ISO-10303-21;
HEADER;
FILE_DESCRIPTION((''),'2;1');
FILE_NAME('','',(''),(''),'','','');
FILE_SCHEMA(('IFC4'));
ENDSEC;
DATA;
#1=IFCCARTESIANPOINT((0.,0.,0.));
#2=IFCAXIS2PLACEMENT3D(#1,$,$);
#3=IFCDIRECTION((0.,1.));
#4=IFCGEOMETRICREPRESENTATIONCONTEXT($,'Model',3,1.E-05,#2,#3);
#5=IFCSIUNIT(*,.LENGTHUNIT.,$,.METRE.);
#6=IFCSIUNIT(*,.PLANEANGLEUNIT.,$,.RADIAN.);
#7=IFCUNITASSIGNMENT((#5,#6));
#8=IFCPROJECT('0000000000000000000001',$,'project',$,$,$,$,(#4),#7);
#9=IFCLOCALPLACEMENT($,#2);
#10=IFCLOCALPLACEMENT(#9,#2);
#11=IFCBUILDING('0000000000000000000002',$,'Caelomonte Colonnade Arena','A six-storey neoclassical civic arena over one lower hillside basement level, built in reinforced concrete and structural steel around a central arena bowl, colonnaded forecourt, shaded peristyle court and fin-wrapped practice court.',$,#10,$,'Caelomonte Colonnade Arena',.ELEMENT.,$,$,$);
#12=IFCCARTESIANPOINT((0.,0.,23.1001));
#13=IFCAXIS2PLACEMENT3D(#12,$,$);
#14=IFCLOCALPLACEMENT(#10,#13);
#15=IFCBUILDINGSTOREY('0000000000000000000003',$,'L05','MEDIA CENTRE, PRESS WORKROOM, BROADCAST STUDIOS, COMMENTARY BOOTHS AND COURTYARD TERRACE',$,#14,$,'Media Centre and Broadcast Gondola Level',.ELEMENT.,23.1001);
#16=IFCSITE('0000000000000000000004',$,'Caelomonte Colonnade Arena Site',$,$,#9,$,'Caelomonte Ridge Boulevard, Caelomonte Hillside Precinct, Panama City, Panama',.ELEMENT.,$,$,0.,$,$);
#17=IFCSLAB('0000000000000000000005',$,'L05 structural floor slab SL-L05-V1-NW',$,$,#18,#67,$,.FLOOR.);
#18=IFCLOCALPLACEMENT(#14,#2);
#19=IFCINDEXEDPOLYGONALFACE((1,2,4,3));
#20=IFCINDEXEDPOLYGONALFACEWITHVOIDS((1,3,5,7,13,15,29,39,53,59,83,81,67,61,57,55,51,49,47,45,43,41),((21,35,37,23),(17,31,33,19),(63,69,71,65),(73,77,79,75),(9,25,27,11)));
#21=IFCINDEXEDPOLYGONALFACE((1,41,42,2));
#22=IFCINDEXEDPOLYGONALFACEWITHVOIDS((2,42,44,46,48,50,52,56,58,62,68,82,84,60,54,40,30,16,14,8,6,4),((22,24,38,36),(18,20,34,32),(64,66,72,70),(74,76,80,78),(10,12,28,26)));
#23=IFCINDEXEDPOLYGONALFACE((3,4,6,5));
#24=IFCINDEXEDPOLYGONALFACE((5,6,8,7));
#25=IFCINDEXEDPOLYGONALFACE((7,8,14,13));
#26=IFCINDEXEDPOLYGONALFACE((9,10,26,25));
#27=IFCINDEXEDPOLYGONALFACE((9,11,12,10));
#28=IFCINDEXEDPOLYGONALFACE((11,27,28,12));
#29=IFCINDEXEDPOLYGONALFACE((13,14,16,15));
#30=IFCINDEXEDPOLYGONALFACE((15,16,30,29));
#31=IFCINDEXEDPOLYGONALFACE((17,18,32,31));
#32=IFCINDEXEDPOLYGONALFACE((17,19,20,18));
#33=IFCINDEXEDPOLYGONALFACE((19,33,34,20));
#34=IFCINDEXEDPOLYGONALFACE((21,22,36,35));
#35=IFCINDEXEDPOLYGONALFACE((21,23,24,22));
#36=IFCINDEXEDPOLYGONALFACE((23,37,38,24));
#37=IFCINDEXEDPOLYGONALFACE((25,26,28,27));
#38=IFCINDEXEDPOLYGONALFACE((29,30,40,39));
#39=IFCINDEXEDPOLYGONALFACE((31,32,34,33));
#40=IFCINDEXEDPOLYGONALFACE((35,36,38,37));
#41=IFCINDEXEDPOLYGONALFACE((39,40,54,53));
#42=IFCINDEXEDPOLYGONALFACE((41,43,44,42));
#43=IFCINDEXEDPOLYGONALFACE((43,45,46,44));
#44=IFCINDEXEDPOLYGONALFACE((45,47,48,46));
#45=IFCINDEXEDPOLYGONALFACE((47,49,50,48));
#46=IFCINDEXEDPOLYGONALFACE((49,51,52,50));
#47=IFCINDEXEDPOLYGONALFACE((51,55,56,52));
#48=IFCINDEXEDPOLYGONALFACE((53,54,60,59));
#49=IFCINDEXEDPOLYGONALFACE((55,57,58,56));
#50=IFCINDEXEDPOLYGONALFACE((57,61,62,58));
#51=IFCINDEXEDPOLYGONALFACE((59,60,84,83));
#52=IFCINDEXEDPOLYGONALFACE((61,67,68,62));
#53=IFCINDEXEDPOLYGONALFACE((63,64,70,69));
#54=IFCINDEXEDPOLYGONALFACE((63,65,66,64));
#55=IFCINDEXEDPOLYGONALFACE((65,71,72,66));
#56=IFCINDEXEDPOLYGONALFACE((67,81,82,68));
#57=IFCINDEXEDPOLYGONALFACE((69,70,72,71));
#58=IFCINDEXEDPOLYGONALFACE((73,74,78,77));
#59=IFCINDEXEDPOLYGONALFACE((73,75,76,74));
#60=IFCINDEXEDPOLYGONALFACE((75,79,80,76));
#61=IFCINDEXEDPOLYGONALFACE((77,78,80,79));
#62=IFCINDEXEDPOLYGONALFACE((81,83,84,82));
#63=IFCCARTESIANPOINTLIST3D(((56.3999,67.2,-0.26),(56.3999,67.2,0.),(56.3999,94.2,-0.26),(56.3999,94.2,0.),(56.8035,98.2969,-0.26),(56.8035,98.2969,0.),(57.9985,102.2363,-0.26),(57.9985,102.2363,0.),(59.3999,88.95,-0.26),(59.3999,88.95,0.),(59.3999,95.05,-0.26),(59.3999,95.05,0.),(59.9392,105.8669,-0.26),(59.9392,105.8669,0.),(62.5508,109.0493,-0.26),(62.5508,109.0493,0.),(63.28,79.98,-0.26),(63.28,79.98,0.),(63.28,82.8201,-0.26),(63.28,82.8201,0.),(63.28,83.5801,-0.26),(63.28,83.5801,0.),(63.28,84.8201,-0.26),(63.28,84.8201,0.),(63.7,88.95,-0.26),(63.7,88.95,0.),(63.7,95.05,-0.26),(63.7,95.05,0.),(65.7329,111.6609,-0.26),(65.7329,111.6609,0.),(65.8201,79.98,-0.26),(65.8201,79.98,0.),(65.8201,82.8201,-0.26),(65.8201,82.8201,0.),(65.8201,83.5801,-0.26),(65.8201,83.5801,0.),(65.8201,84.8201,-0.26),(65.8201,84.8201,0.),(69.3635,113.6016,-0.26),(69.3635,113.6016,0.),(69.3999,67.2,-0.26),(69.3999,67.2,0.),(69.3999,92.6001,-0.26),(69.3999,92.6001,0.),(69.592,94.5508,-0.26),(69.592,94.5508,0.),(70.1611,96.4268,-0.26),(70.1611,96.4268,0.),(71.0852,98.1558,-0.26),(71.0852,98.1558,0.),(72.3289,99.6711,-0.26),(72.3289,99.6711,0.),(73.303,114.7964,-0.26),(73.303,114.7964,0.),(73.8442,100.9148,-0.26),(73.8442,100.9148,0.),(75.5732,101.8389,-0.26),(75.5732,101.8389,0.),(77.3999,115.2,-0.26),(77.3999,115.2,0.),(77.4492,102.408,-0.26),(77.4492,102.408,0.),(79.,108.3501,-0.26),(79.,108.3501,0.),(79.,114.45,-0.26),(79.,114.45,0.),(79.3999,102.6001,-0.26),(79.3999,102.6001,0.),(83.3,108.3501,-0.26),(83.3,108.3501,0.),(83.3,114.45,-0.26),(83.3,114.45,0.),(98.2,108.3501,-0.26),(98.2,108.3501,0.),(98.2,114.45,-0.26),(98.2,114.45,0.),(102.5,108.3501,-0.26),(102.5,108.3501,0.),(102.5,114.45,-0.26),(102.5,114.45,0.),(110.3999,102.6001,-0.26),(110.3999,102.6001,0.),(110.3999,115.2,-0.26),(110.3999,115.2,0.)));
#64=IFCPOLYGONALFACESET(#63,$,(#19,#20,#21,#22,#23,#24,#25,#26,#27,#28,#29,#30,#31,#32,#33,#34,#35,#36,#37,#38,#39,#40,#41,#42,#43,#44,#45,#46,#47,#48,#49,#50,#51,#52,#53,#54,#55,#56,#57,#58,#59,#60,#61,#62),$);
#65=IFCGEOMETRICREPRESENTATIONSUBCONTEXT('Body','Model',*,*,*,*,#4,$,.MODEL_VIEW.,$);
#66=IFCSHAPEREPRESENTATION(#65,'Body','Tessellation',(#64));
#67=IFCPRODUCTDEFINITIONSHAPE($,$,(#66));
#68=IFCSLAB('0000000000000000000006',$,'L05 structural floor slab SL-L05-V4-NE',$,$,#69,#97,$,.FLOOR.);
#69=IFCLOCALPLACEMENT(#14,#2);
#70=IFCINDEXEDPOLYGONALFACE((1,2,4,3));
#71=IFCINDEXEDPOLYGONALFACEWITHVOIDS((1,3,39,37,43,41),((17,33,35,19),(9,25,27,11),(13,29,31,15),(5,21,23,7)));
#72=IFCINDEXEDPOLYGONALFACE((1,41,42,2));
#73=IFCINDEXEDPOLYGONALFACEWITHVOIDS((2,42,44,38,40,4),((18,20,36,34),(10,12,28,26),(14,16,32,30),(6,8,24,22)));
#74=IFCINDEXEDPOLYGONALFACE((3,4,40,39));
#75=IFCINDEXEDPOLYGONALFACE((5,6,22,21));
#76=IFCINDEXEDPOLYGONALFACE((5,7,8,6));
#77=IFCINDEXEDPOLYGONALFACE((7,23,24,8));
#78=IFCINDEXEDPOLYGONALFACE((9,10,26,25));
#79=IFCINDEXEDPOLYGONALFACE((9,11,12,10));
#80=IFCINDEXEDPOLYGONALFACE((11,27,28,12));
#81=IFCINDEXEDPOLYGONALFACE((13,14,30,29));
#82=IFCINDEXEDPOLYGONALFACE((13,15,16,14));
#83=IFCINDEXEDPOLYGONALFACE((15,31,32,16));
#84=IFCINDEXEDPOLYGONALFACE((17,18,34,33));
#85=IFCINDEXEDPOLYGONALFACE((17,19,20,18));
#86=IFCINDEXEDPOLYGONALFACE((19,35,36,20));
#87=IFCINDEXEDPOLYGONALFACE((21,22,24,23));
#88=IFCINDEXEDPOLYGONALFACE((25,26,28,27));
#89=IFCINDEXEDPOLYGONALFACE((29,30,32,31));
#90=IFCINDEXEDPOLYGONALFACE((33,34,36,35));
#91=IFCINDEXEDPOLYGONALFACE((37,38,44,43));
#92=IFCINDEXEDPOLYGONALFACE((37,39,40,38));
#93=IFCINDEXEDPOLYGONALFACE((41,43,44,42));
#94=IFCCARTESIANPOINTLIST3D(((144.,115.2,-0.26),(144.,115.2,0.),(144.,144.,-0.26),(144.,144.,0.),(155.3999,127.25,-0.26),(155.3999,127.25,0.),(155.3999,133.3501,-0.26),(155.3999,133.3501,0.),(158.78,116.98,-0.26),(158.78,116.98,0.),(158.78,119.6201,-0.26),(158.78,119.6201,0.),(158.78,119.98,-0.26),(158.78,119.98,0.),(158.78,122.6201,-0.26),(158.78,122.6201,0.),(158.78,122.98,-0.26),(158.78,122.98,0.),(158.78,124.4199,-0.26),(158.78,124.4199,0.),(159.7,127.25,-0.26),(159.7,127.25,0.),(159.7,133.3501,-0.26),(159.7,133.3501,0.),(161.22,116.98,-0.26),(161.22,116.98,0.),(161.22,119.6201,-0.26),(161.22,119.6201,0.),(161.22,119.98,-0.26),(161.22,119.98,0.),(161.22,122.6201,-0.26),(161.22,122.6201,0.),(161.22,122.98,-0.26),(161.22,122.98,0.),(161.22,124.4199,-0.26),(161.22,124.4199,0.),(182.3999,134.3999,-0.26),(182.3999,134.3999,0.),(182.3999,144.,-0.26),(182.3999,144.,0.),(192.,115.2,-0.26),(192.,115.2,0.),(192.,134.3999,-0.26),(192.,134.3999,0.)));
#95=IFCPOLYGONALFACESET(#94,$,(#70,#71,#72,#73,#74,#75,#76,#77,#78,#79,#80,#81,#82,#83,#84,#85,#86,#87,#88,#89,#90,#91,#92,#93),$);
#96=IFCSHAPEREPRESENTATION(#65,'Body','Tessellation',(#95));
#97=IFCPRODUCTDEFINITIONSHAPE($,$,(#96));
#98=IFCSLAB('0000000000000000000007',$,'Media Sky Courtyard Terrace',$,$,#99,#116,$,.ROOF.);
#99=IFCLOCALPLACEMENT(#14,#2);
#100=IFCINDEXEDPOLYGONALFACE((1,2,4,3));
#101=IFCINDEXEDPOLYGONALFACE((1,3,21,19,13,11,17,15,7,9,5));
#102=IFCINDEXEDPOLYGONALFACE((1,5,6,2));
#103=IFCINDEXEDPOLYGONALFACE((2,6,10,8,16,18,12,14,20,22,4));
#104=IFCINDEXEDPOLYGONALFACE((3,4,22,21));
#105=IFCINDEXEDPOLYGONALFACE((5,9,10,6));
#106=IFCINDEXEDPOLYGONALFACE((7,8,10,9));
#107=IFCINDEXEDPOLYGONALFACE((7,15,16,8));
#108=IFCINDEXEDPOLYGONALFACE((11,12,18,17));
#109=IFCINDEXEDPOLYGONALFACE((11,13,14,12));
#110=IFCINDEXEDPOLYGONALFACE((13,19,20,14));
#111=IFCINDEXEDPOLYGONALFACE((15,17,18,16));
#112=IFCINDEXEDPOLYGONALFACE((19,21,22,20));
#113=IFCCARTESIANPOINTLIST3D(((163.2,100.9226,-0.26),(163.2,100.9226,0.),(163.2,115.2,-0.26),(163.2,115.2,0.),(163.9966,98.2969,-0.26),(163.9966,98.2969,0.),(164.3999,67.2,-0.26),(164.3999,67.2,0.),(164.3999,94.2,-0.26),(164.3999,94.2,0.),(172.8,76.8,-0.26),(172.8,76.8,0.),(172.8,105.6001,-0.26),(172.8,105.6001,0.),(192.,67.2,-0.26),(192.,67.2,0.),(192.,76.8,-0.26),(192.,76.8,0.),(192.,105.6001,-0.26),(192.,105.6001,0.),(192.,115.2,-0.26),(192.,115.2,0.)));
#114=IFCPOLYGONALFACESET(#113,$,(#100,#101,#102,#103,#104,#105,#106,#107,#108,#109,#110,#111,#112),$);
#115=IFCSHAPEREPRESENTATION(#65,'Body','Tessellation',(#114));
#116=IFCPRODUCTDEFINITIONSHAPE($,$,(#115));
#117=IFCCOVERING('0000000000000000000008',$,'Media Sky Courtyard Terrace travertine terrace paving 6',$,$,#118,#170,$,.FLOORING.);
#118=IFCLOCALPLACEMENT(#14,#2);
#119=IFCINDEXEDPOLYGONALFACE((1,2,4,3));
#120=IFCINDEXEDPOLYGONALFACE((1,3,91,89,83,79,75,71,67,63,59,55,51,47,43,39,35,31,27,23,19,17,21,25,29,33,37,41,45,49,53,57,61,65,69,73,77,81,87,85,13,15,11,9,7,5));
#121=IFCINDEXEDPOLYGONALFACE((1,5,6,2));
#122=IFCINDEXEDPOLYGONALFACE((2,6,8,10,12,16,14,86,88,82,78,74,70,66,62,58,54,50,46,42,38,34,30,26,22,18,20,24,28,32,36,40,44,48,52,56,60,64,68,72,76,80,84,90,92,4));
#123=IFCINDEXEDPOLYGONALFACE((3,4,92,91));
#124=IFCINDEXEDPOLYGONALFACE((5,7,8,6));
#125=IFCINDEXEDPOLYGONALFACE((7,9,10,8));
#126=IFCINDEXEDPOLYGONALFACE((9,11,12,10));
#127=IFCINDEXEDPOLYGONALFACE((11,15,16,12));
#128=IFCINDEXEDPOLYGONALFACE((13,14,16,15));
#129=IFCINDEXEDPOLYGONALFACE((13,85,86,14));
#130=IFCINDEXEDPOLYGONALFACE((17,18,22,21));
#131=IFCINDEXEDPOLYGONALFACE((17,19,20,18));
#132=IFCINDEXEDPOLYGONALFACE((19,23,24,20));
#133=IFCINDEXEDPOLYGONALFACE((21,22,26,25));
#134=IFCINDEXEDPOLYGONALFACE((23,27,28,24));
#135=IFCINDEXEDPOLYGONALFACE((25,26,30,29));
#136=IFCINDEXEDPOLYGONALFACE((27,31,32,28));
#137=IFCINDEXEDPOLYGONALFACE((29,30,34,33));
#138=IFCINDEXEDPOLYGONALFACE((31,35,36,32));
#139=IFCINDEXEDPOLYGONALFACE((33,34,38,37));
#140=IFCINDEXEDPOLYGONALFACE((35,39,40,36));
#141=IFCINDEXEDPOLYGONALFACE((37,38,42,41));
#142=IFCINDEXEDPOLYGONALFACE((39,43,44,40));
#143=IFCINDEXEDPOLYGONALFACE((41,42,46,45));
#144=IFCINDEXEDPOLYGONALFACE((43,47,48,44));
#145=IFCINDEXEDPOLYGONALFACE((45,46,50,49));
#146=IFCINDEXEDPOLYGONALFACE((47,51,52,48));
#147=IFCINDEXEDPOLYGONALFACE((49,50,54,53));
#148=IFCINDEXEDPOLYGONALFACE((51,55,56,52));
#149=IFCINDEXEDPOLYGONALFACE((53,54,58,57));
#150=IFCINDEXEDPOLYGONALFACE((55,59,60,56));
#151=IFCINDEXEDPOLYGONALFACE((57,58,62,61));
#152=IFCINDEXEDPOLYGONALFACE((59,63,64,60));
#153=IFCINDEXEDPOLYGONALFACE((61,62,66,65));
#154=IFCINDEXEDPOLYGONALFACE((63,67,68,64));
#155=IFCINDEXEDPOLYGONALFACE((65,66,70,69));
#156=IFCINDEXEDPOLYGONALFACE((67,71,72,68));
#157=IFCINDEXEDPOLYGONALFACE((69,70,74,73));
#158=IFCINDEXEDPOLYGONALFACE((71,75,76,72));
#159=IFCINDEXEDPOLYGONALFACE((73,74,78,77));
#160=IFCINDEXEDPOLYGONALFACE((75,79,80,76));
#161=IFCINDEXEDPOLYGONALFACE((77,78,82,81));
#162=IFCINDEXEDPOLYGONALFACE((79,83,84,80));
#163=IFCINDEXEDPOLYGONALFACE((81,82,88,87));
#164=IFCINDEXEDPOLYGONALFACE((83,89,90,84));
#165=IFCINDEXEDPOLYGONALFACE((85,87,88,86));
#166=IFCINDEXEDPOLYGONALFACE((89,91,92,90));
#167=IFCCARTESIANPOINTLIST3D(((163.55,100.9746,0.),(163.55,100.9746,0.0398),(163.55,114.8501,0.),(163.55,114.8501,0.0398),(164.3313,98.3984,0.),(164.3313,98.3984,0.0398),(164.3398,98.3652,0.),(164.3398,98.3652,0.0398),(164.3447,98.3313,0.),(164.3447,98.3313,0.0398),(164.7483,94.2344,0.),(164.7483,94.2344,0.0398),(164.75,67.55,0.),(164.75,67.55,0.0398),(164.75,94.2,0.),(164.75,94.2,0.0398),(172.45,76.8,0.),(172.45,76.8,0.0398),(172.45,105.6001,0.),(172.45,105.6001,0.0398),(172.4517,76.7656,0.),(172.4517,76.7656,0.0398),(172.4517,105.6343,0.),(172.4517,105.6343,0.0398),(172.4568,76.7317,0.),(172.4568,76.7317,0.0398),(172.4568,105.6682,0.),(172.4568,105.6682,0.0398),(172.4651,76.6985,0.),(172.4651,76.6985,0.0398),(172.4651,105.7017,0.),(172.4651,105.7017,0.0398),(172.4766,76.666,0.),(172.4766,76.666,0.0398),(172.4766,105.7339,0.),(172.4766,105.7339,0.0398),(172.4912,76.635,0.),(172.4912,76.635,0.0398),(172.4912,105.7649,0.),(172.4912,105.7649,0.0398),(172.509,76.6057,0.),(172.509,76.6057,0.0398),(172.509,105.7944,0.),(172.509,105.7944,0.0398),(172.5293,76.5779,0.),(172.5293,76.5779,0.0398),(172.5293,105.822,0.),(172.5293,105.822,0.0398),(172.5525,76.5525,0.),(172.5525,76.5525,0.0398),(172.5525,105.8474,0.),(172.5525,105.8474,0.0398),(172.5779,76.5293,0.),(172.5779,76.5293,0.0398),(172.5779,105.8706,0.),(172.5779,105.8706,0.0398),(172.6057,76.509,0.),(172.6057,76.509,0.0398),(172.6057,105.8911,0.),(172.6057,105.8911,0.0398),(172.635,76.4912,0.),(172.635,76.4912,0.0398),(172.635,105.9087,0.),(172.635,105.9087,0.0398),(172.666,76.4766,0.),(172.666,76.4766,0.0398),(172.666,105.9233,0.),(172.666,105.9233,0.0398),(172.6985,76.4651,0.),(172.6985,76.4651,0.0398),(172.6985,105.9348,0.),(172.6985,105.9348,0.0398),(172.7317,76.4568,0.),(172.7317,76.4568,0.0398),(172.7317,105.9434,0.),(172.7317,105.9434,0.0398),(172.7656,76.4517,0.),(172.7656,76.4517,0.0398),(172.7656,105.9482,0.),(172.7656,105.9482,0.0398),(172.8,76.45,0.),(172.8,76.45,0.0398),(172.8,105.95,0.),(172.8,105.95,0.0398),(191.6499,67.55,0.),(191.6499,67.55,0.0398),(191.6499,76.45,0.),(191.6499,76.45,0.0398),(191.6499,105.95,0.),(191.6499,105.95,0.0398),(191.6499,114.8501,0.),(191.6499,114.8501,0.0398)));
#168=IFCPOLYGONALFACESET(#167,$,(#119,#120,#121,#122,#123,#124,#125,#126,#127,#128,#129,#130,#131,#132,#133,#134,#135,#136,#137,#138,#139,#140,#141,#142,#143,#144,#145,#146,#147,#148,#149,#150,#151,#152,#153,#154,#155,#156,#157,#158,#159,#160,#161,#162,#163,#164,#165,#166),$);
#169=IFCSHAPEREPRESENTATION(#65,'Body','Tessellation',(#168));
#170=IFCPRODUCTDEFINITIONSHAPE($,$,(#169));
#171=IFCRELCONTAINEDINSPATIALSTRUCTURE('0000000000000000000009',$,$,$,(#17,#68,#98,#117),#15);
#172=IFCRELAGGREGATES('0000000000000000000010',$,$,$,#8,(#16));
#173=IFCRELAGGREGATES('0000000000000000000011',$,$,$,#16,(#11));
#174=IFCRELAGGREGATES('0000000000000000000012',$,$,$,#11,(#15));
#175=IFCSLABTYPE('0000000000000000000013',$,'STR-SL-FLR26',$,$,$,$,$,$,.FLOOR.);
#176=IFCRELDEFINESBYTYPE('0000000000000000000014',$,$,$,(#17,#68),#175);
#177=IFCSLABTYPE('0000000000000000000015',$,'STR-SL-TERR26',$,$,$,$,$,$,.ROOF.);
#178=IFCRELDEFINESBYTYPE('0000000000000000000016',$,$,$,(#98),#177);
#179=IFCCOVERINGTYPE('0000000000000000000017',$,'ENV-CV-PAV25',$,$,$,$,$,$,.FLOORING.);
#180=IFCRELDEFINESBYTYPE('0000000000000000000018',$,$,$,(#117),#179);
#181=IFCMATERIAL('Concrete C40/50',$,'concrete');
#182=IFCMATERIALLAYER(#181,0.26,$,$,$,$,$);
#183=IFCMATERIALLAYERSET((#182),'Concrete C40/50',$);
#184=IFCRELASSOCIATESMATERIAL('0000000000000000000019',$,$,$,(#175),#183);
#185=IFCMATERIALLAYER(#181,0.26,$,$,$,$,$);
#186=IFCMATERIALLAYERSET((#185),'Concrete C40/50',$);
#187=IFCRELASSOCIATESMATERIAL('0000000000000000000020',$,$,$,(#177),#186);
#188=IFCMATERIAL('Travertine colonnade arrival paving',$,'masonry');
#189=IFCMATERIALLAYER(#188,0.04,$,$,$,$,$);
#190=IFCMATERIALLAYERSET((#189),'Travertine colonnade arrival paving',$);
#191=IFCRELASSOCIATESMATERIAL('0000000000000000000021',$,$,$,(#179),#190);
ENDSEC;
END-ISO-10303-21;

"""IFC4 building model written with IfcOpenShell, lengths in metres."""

from ifc_helpers import new_model, si_unit, direction, frame, origin, place, context, subcontext, project, spatial, polyline, outline, extrude, material, layer, layer_set, type_object, element, save


model = new_model("IFC4")

# Units and contexts
model_context = context("Model", 3, precision=1e-05, world=origin(), true_north=direction((0.0, 1.0)))
body_context = subcontext(model_context, "Body", "Model", "MODEL_VIEW")
ifc_project = project(units=[si_unit("LENGTHUNIT", "METRE"), si_unit("PLANEANGLEUNIT", "RADIAN")], contexts=[model_context])

# Site, building, storey
site_placement = place(None, origin())
site = spatial("IfcSite", under=ifc_project, at=site_placement, Name="Caelomonte Colonnade Arena Site", LongName="Caelomonte Ridge Boulevard, Caelomonte Hillside Precinct, Panama City, Panama", CompositionType="ELEMENT", RefElevation=0.0)
building_placement = place(site_placement, origin())
building = spatial("IfcBuilding", under=site, at=building_placement, Name="Caelomonte Colonnade Arena", Description="A six-storey neoclassical civic arena over one lower hillside basement level, built in reinforced concrete and structural steel around a central arena bowl, colonnaded forecourt, shaded peristyle court and fin-wrapped practice court.", LongName="Caelomonte Colonnade Arena", CompositionType="ELEMENT")
storey_placement = place(building_placement, frame((0.0, 0.0, 23.1001)))
storey = spatial("IfcBuildingStorey", under=building, at=storey_placement, Name="L05", Description="MEDIA CENTRE, PRESS WORKROOM, BROADCAST STUDIOS, COMMENTARY BOOTHS AND COURTYARD TERRACE", LongName="Media Centre and Broadcast Gondola Level", CompositionType="ELEMENT", Elevation=23.1001)

# Slabs
ifc_material_1 = material(Name="Concrete C40/50", Category="concrete")
ifc_layer_1 = layer(ifc_material_1, 0.26)
ifc_layer_set_1 = layer_set([ifc_layer_1], Name="Concrete C40/50")
slab_type_1 = type_object("IfcSlabType", Name="STR-SL-FLR26", PredefinedType="FLOOR", material=ifc_layer_set_1)
slab_1_placement = place(storey_placement, frame((0.0, 0.0, -0.26)))
element("IfcSlab", 1, at=slab_1_placement, inside=storey, type_object=slab_type_1, Name="L05 structural floor slab SL-L05-V1-NW", PredefinedType="FLOOR", context=body_context, shape_type="SweptSolid", body=[
    extrude(outline(polyline([(56.3999, 94.2), (56.3999, 67.2), (69.3999, 67.2), (69.3999, 92.6001), (69.592, 94.5508), (70.1611, 96.4268), (71.0852, 98.1558), (72.3289, 99.6711), (73.8442, 100.9148), (75.5732, 101.8389), (77.4492, 102.408), (79.3999, 102.6001), (110.3999, 102.6001), (110.3999, 115.2), (77.3999, 115.2), (73.303, 114.7964), (69.3635, 113.6016), (65.7329, 111.6609), (62.5508, 109.0493), (59.9392, 105.8669), (57.9985, 102.2363), (56.8035, 98.2969), (56.3999, 94.2)]), holes=[polyline([(65.8201, 79.98), (63.28, 79.98), (63.28, 82.8201), (65.8201, 82.8201), (65.8201, 79.98)]), polyline([(63.28, 83.5801), (63.28, 84.8201), (65.8201, 84.8201), (65.8201, 83.5801), (63.28, 83.5801)]), polyline([(59.3999, 88.95), (59.3999, 95.05), (63.7, 95.05), (63.7, 88.95), (59.3999, 88.95)]), polyline([(83.3, 108.3501), (79.0, 108.3501), (79.0, 114.45), (83.3, 114.45), (83.3, 108.3501)]), polyline([(98.2, 108.3501), (98.2, 114.45), (102.5, 114.45), (102.5, 108.3501), (98.2, 108.3501)])]), origin(), (0.0, 0.0, 1.0), 0.26),
])
slab_2_placement = place(storey_placement, frame((0.0, 0.0, -0.26)))
element("IfcSlab", 2, at=slab_2_placement, inside=storey, type_object=slab_type_1, Name="L05 structural floor slab SL-L05-V4-NE", PredefinedType="FLOOR", context=body_context, shape_type="SweptSolid", body=[
    extrude(outline(polyline([(144.0, 115.2), (192.0, 115.2), (192.0, 134.3999), (182.3999, 134.3999), (182.3999, 144.0), (144.0, 144.0), (144.0, 115.2)]), holes=[polyline([(158.78, 116.98), (158.78, 119.6201), (161.22, 119.6201), (161.22, 116.98), (158.78, 116.98)]), polyline([(161.22, 119.98), (158.78, 119.98), (158.78, 122.6201), (161.22, 122.6201), (161.22, 119.98)]), polyline([(158.78, 122.98), (158.78, 124.4199), (161.22, 124.4199), (161.22, 122.98), (158.78, 122.98)]), polyline([(155.3999, 127.25), (155.3999, 133.3501), (159.7, 133.3501), (159.7, 127.25), (155.3999, 127.25)])]), origin(), (0.0, 0.0, 1.0), 0.26),
])
ifc_layer_2 = layer(ifc_material_1, 0.26)
ifc_layer_set_2 = layer_set([ifc_layer_2], Name="Concrete C40/50")
slab_type_2 = type_object("IfcSlabType", Name="STR-SL-TERR26", PredefinedType="ROOF", material=ifc_layer_set_2)
slab_3_placement = place(storey_placement, frame((0.0, 0.0, -0.26)))
element("IfcSlab", 3, at=slab_3_placement, inside=storey, type_object=slab_type_2, Name="Media Sky Courtyard Terrace", PredefinedType="ROOF", context=body_context, shape_type="SweptSolid", body=[
    extrude(outline(polyline([(164.3999, 67.2), (192.0, 67.2), (192.0, 76.8), (172.8, 76.8), (172.8, 105.6001), (192.0, 105.6001), (192.0, 115.2), (163.2, 115.2), (163.2, 100.9226), (163.9966, 98.2969), (164.3999, 94.2), (164.3999, 67.2)])), origin(), (0.0, 0.0, 1.0), 0.26),
])

# Covering
ifc_material_2 = material(Name="Travertine colonnade arrival paving", Category="masonry")
ifc_layer_3 = layer(ifc_material_2, 0.04)
ifc_layer_set_3 = layer_set([ifc_layer_3], Name="Travertine colonnade arrival paving")
covering_type_1 = type_object("IfcCoveringType", Name="ENV-CV-PAV25", PredefinedType="FLOORING", material=ifc_layer_set_3)
covering_placement = place(storey_placement, origin())
element("IfcCovering", 4, at=covering_placement, inside=storey, type_object=covering_type_1, Name="Media Sky Courtyard Terrace travertine terrace paving 6", PredefinedType="FLOORING", context=body_context, shape_type="SweptSolid", body=[
    extrude(outline(polyline([(164.75, 67.55), (191.6499, 67.55), (191.6499, 76.45), (172.8, 76.45), (172.7656, 76.4517), (172.7317, 76.4568), (172.6985, 76.4651), (172.666, 76.4766), (172.635, 76.4912), (172.6057, 76.509), (172.5779, 76.5293), (172.5525, 76.5525), (172.5293, 76.5779), (172.509, 76.6057), (172.4912, 76.635), (172.4766, 76.666), (172.4651, 76.6985), (172.4568, 76.7317), (172.4517, 76.7656), (172.45, 76.8), (172.45, 105.6001), (172.4517, 105.6343), (172.4568, 105.6682), (172.4651, 105.7017), (172.4766, 105.7339), (172.4912, 105.7649), (172.509, 105.7944), (172.5293, 105.822), (172.5525, 105.8474), (172.5779, 105.8706), (172.6057, 105.8911), (172.635, 105.9087), (172.666, 105.9233), (172.6985, 105.9348), (172.7317, 105.9434), (172.7656, 105.9482), (172.8, 105.95), (191.6499, 105.95), (191.6499, 114.8501), (163.55, 114.8501), (163.55, 100.9746), (164.3313, 98.3984), (164.3398, 98.3652), (164.3447, 98.3313), (164.7483, 94.2344), (164.75, 94.2), (164.75, 67.55)])), origin(), (0.0, 0.0, 1.0), 0.0398),
])

save(model, "model.ifc")
